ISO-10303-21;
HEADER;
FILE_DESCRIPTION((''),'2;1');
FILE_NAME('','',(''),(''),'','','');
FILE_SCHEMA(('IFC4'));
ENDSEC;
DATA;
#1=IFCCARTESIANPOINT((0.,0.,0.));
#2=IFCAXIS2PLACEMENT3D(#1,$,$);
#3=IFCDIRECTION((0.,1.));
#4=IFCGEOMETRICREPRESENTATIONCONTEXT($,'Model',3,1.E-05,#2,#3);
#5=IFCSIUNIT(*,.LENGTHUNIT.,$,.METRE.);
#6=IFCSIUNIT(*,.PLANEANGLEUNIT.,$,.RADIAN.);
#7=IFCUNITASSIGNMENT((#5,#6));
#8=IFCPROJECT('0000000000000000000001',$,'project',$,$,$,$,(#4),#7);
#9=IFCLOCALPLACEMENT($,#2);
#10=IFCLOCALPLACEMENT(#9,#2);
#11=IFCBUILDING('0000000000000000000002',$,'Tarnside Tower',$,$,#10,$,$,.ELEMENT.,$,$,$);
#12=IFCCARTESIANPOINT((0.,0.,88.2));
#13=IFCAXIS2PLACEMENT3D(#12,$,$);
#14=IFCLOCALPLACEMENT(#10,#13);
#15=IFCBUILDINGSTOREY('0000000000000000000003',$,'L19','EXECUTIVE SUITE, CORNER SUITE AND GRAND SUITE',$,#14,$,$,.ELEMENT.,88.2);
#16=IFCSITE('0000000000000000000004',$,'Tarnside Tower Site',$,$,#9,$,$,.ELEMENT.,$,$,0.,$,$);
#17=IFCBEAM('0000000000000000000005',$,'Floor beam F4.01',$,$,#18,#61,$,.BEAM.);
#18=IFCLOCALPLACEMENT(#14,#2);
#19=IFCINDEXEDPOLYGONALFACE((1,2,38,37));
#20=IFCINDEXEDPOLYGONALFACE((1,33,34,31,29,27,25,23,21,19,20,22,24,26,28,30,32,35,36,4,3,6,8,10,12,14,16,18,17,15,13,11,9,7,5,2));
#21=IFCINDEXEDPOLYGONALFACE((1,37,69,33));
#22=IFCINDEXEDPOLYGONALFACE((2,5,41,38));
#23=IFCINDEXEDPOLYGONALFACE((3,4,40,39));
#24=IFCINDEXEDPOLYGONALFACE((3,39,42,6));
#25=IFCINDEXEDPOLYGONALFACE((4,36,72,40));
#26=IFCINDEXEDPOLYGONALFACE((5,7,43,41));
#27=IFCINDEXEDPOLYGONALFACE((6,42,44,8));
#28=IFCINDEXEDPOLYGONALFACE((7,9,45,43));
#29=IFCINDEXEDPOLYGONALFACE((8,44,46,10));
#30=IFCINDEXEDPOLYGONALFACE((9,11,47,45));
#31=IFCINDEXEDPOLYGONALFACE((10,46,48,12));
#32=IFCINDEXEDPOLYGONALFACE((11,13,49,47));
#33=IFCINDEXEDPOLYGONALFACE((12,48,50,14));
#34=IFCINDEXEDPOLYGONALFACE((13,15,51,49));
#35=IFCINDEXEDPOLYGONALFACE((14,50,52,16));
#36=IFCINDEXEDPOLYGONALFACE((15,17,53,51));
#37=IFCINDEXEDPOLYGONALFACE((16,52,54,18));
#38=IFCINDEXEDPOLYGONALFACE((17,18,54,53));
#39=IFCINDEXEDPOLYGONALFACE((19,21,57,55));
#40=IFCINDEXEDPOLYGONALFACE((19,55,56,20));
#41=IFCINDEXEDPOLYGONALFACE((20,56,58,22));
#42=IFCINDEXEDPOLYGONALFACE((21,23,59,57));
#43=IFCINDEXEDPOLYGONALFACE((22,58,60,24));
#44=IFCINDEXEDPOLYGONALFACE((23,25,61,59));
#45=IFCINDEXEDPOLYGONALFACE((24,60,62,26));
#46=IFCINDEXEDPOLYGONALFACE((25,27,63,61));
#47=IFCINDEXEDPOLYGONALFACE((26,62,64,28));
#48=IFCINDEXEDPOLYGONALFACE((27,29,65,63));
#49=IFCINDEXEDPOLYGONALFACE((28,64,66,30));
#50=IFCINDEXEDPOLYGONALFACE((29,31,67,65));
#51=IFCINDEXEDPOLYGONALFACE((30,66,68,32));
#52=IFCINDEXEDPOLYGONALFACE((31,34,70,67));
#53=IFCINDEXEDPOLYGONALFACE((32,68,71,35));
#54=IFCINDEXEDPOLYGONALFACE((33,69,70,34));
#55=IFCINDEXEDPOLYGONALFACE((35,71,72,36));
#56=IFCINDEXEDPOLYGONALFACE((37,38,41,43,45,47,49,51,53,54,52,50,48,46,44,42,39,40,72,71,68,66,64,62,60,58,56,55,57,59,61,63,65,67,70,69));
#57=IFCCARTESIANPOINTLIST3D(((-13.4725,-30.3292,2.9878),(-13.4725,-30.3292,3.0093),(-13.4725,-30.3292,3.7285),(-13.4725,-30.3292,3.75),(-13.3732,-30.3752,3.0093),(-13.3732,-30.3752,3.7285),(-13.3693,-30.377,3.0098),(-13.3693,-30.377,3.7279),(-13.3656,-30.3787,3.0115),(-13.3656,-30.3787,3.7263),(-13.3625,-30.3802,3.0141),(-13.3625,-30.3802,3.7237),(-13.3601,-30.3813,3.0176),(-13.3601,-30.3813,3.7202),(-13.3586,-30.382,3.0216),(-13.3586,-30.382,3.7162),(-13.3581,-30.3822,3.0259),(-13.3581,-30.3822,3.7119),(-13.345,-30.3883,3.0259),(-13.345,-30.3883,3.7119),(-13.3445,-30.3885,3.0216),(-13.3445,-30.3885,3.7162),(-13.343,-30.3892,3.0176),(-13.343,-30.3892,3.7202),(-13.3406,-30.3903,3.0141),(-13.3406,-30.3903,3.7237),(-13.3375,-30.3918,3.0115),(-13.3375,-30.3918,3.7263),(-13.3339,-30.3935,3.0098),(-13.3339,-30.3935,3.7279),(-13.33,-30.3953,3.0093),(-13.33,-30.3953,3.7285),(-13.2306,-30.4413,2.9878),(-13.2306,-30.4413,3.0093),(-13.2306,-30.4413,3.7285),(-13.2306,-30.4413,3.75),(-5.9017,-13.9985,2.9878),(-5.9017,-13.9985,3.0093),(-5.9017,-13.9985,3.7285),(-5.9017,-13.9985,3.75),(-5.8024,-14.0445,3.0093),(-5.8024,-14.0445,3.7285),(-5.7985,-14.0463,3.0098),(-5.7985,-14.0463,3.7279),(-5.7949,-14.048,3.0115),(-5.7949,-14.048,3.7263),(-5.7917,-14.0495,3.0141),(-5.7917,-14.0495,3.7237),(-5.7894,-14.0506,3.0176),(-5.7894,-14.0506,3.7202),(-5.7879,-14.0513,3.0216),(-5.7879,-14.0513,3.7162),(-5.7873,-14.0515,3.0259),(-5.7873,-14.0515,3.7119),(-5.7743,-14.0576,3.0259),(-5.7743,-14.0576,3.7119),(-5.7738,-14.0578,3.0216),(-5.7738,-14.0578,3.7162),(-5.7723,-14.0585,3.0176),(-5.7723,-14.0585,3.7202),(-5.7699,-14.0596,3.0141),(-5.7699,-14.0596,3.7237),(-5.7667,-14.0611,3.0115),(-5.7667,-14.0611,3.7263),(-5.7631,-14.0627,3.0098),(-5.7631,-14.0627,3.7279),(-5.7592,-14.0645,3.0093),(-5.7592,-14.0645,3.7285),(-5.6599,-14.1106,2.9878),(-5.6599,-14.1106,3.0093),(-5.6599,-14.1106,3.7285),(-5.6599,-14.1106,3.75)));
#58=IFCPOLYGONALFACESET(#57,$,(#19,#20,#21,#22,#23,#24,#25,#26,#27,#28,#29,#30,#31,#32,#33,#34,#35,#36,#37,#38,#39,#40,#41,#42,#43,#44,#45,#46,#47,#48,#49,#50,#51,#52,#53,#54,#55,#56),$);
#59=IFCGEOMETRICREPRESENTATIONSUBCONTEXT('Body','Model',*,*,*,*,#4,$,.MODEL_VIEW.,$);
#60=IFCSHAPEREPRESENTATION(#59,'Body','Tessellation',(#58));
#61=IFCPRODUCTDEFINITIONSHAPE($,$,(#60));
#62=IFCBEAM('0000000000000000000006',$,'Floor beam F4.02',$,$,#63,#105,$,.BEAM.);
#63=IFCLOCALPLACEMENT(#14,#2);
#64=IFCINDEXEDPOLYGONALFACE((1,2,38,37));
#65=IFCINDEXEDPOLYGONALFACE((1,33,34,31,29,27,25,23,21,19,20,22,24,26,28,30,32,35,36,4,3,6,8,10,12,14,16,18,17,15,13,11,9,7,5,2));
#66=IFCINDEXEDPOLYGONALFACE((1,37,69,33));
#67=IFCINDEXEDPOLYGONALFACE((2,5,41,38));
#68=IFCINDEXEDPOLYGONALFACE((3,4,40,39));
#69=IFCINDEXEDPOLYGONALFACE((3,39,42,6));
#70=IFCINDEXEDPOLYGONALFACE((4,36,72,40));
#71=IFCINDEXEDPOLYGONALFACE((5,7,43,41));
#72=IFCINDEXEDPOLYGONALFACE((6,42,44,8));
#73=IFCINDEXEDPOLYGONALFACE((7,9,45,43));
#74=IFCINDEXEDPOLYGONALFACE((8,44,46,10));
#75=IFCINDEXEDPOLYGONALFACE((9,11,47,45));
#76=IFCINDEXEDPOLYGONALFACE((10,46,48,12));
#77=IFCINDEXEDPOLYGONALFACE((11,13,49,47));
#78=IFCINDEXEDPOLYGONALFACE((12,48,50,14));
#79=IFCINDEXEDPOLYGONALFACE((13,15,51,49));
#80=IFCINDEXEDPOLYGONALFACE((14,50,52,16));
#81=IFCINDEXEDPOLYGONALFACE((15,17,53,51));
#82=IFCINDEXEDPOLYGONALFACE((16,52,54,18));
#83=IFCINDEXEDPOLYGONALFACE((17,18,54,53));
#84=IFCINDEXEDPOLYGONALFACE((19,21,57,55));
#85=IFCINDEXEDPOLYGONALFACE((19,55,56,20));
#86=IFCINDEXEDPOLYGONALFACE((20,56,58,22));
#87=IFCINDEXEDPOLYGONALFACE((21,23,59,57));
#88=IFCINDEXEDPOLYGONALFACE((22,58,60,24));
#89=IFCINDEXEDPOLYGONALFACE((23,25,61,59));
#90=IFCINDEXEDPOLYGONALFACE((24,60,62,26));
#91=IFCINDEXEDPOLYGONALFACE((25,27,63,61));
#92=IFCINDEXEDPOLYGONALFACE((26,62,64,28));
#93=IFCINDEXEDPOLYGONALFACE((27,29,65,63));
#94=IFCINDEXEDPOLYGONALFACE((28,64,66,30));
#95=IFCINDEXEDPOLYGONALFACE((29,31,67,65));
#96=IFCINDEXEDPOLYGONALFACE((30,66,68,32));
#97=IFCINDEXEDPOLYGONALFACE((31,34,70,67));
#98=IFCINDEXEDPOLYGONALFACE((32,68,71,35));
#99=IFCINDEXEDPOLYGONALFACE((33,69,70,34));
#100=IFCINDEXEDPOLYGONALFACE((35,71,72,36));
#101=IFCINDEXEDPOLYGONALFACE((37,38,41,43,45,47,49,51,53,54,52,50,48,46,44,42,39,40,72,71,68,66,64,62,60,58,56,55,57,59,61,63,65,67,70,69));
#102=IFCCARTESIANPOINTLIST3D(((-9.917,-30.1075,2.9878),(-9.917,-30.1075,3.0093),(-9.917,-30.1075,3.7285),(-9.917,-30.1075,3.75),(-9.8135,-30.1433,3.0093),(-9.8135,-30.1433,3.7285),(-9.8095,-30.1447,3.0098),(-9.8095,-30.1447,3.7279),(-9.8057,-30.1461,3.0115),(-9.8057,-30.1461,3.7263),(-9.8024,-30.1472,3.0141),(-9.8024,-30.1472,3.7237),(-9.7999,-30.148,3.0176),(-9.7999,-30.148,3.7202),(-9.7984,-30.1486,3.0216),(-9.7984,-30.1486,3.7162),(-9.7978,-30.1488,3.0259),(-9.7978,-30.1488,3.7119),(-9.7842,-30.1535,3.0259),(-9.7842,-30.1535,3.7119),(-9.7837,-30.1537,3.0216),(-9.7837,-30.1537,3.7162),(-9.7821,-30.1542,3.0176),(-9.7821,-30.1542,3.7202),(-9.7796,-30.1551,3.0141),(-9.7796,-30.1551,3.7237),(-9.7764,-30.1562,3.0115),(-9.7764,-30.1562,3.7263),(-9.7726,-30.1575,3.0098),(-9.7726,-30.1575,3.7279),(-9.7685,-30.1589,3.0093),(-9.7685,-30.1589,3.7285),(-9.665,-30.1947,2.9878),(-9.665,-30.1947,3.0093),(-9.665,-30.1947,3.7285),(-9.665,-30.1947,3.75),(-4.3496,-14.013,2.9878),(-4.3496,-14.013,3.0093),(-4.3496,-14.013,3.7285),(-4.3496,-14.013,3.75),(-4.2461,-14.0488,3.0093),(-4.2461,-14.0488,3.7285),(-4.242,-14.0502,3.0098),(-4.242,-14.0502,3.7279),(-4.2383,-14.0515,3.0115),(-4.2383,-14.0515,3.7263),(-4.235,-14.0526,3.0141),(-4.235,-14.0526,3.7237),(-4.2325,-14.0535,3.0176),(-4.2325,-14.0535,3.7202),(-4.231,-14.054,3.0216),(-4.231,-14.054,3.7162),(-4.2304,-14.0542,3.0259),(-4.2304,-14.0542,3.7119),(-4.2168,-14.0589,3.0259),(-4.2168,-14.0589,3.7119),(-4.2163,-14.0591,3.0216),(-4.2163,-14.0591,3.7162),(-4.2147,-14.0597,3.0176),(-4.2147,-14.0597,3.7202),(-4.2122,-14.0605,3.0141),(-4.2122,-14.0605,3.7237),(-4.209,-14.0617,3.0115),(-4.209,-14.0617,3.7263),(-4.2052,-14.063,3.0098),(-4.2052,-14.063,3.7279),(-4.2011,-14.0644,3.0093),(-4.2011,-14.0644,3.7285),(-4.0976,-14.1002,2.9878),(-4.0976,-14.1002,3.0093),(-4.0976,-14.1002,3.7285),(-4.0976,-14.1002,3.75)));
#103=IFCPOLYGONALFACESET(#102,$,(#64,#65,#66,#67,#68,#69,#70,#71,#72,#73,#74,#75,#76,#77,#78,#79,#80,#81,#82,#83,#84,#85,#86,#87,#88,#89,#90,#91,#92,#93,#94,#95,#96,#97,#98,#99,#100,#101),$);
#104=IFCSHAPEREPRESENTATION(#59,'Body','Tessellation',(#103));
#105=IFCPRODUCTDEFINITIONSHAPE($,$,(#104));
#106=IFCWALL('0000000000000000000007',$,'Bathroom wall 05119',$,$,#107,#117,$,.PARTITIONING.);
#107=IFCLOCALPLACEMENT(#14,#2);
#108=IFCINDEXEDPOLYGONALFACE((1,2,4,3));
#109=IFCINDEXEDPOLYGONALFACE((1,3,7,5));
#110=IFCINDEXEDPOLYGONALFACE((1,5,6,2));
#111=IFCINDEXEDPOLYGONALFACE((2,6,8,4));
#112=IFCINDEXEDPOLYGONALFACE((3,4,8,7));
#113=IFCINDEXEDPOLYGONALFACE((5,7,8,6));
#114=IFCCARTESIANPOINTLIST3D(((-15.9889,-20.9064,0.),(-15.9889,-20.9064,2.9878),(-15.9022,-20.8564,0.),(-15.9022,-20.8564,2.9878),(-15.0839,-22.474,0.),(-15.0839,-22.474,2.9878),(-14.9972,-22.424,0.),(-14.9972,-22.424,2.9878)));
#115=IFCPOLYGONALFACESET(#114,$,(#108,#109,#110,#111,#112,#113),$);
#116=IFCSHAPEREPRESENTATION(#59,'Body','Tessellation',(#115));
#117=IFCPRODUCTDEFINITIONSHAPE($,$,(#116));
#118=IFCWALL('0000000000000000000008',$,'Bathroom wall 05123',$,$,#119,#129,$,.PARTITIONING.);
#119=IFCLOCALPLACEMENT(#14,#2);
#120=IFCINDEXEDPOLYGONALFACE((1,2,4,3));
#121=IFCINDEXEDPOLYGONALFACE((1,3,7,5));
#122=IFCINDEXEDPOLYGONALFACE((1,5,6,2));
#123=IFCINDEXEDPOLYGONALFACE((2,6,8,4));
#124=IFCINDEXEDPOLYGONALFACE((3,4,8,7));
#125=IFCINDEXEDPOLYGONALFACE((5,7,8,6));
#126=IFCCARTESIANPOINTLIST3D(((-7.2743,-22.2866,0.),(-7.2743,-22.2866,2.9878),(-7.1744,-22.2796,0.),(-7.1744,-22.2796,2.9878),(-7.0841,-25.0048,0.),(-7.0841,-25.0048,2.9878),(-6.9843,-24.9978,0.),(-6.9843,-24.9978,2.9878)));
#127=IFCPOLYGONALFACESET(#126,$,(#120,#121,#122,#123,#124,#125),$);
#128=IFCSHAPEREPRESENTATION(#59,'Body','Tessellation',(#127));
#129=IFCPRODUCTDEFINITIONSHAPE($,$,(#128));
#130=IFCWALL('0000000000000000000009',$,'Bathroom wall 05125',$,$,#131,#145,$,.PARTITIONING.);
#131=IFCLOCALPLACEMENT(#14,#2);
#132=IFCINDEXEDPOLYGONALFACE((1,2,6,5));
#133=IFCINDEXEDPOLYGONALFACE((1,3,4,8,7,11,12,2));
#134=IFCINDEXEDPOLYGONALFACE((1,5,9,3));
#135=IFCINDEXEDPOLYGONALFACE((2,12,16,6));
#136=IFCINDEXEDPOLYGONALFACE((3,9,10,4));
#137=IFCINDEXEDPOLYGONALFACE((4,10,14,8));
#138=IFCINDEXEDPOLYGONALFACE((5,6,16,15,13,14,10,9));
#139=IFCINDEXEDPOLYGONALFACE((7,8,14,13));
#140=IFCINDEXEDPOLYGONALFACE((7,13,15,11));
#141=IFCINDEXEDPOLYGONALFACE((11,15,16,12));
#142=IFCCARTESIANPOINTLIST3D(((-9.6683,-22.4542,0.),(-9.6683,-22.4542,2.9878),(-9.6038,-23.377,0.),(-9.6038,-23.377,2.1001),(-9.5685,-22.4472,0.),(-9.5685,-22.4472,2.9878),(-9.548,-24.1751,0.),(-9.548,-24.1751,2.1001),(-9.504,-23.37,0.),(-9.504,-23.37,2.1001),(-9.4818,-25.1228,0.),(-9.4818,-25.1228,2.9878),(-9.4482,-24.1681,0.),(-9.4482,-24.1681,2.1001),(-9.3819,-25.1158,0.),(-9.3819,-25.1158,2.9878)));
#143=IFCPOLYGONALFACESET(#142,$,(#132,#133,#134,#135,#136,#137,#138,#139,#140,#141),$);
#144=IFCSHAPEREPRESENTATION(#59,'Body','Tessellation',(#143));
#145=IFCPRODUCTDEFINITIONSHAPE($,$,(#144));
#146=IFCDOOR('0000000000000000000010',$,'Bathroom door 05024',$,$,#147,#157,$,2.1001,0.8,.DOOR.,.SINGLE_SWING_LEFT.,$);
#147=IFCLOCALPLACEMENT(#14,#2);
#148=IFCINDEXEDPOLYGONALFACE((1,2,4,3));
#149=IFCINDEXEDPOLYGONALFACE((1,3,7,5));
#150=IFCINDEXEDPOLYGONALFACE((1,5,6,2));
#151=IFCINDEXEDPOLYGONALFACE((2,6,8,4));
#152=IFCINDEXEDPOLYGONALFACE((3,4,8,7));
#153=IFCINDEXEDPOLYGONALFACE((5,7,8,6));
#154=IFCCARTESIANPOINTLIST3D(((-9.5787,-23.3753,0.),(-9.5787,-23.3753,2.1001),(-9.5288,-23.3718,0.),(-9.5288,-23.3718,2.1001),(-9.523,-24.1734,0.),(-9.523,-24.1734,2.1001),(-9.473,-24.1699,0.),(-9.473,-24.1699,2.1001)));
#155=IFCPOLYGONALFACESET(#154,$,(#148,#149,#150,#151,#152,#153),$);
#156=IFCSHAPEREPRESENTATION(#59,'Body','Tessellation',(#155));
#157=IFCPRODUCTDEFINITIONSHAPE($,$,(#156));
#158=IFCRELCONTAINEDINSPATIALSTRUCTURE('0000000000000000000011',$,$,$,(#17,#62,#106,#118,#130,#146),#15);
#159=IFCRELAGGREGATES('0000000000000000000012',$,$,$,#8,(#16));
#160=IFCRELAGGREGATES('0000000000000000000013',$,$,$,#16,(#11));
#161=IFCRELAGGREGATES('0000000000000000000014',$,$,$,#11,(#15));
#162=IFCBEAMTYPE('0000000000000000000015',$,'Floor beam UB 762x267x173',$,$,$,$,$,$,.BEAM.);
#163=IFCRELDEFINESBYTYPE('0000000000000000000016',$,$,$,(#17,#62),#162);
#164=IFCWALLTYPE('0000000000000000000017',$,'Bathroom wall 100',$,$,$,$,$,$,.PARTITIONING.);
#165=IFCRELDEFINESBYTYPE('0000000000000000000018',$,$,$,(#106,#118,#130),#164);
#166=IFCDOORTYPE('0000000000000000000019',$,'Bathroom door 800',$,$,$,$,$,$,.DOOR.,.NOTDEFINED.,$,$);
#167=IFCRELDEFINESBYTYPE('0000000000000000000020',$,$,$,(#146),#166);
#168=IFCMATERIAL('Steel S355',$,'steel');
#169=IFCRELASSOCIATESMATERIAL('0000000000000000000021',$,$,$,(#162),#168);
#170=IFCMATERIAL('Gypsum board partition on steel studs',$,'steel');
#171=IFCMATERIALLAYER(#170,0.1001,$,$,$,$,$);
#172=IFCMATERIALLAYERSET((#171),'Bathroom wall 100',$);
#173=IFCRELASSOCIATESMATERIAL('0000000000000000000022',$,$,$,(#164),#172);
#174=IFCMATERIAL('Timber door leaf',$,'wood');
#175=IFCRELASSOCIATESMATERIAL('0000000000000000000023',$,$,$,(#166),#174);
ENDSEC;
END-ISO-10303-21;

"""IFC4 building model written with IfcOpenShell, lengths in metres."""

from ifc_helpers import new_model, si_unit, direction, frame, frame_2d, origin, origin_2d, place, context, subcontext, project, spatial, rectangle, i_section, extrude, material, layer, layer_set, material_profile, profile_set, type_object, element, fill, save


model = new_model("IFC4")

# Units and contexts
model_context = context("Model", 3, precision=1e-05, world=origin(), true_north=direction((0.0, 1.0)))
body_context = subcontext(model_context, "Body", "Model", "MODEL_VIEW")
ifc_project = project(units=[si_unit("LENGTHUNIT", "METRE"), si_unit("PLANEANGLEUNIT", "RADIAN")], contexts=[model_context])

# Site, building, storey
site_placement = place(None, origin())
site = spatial("IfcSite", under=ifc_project, at=site_placement, Name="Tarnside Tower Site", CompositionType="ELEMENT", RefElevation=0.0)
building_placement = place(site_placement, origin())
building = spatial("IfcBuilding", under=site, at=building_placement, Name="Tarnside Tower", CompositionType="ELEMENT")
storey_placement = place(building_placement, frame((0.0, 0.0, 88.2)))
storey = spatial("IfcBuildingStorey", under=building, at=storey_placement, Name="L19", Description="EXECUTIVE SUITE, CORNER SUITE AND GRAND SUITE", CompositionType="ELEMENT", Elevation=88.2)

# Beams
ifc_material_1 = material(Name="Steel S355", Category="steel")
ifc_material_profile = material_profile(ifc_material_1, i_section(OverallWidth=0.2666, OverallDepth=0.7622, WebThickness=0.0144, FlangeThickness=0.0215, FilletRadius=0.0166, at=origin_2d()), Name="UB 762x267x173")
ifc_profile_set = profile_set([ifc_material_profile], Name="Steel S355")
beam_type = type_object("IfcBeamType", Name="Floor beam UB 762x267x173", PredefinedType="BEAM", material=ifc_profile_set)
beam_1_placement = place(storey_placement, frame((-13.3516, -30.3853, 3.3689), z_axis=(0.420592, 0.90725, 0.0), x_axis=(-0.90725, 0.420592, 0.0)))
element("IfcBeam", 1, at=beam_1_placement, inside=storey, type_object=beam_type, Name="Floor beam F4.01", PredefinedType="BEAM", context=body_context, shape_type="SweptSolid", body=[
    extrude(i_section(OverallWidth=0.2666, OverallDepth=0.7622, WebThickness=0.0144, FlangeThickness=0.0215, FilletRadius=0.0166, at=origin_2d()), origin(), (0.0, 0.0, 1.0), 18.0002),
])
beam_2_placement = place(storey_placement, frame((-9.791, -30.1511, 3.3689), z_axis=(0.326912, 0.945055, 0.0), x_axis=(-0.945055, 0.326912, 0.0)))
element("IfcBeam", 2, at=beam_2_placement, inside=storey, type_object=beam_type, Name="Floor beam F4.02", PredefinedType="BEAM", context=body_context, shape_type="SweptSolid", body=[
    extrude(i_section(OverallWidth=0.2666, OverallDepth=0.7622, WebThickness=0.0144, FlangeThickness=0.0215, FilletRadius=0.0166, at=origin_2d()), origin(), (0.0, 0.0, 1.0), 17.0303),
])

# Walls
ifc_material_2 = material(Name="Gypsum board partition on steel studs", Category="steel")
ifc_layer_1 = layer(ifc_material_2, 0.1001)
ifc_layer_set_1 = layer_set([ifc_layer_1], Name="Bathroom wall 100")
wall_type_1 = type_object("IfcWallType", Name="Bathroom wall 100", PredefinedType="PARTITIONING", material=ifc_layer_set_1)
wall_1_placement = place(storey_placement, frame((-15.0405, -22.449, 0.0), z_axis=(0.0, 0.0, 1.0), x_axis=(-0.499983, 0.866035, 0.0)))
element("IfcWall", 3, at=wall_1_placement, inside=storey, type_object=wall_type_1, Name="Bathroom wall 05119", PredefinedType="PARTITIONING", context=body_context, shape_type="SweptSolid", body=[
    extrude(rectangle(XDim=1.8101, YDim=0.1001, at=frame_2d((0.905, 0.0))), origin(), (0.0, 0.0, 1.0), 2.9878),
])
wall_2_placement = place(storey_placement, frame((-7.2244, -22.2832, 0.0), z_axis=(0.0, 0.0, 1.0), x_axis=(0.069795, -0.997561, 0.0)))
element("IfcWall", 4, at=wall_2_placement, inside=storey, type_object=wall_type_1, Name="Bathroom wall 05123", PredefinedType="PARTITIONING", context=body_context, shape_type="SweptSolid", body=[
    extrude(rectangle(XDim=2.7249, YDim=0.1001, at=frame_2d((1.3623, 0.0))), origin(), (0.0, 0.0, 1.0), 2.9878),
])

# Wall, opening, door
wall_3_placement = place(storey_placement, frame((-9.4319, -25.1191, 0.0), z_axis=(0.0, 0.0, 1.0), x_axis=(-0.069729, 0.997566, 0.0)))
wall_3 = element("IfcWall", 5, at=wall_3_placement, inside=storey, type_object=wall_type_1, Name="Bathroom wall 05125", PredefinedType="PARTITIONING", context=body_context, shape_type="SweptSolid", body=[
    extrude(rectangle(XDim=2.675, YDim=0.1001, at=frame_2d((1.3374, 0.0))), origin(), (0.0, 0.0, 1.0), 2.9878),
])
opening_1_placement = place(wall_3_placement, frame((0.95, 0.0, 0.0)))
opening_1 = element("IfcOpeningElement", 6, at=opening_1_placement, cuts=wall_3, PredefinedType="OPENING", context=body_context, shape_type="SweptSolid", body=[
    extrude(rectangle(XDim=0.8, YDim=2.1001, at=frame_2d((0.3999, 1.05))), frame((0.0, 0.0601, 0.0), z_axis=(0.0, -1.0, 0.0), x_axis=(1.0, 0.0, 0.0)), (0.0, 0.0, 1.0), 0.1201),
])
ifc_material_3 = material(Name="Timber door leaf", Category="wood")
door_type_1 = type_object("IfcDoorType", Name="Bathroom door 800", OperationType="NOTDEFINED", PredefinedType="DOOR", material=ifc_material_3)
door_1_placement = place(opening_1_placement, origin())
door_1 = element("IfcDoor", 7, at=door_1_placement, inside=storey, type_object=door_type_1, Name="Bathroom door 05024", OperationType="SINGLE_SWING_LEFT", OverallHeight=2.1001, OverallWidth=0.8, PredefinedType="DOOR", context=body_context, shape_type="SweptSolid", body=[
    extrude(rectangle(XDim=0.8, YDim=2.1001, at=frame_2d((0.3999, 1.05))), frame((0.0, 0.0249, 0.0), z_axis=(0.0, -1.0, 0.0), x_axis=(1.0, 0.0, 0.0)), (0.0, 0.0, 1.0), 0.05),
])
fill(opening_1, door_1)

save(model, "model.ifc")
